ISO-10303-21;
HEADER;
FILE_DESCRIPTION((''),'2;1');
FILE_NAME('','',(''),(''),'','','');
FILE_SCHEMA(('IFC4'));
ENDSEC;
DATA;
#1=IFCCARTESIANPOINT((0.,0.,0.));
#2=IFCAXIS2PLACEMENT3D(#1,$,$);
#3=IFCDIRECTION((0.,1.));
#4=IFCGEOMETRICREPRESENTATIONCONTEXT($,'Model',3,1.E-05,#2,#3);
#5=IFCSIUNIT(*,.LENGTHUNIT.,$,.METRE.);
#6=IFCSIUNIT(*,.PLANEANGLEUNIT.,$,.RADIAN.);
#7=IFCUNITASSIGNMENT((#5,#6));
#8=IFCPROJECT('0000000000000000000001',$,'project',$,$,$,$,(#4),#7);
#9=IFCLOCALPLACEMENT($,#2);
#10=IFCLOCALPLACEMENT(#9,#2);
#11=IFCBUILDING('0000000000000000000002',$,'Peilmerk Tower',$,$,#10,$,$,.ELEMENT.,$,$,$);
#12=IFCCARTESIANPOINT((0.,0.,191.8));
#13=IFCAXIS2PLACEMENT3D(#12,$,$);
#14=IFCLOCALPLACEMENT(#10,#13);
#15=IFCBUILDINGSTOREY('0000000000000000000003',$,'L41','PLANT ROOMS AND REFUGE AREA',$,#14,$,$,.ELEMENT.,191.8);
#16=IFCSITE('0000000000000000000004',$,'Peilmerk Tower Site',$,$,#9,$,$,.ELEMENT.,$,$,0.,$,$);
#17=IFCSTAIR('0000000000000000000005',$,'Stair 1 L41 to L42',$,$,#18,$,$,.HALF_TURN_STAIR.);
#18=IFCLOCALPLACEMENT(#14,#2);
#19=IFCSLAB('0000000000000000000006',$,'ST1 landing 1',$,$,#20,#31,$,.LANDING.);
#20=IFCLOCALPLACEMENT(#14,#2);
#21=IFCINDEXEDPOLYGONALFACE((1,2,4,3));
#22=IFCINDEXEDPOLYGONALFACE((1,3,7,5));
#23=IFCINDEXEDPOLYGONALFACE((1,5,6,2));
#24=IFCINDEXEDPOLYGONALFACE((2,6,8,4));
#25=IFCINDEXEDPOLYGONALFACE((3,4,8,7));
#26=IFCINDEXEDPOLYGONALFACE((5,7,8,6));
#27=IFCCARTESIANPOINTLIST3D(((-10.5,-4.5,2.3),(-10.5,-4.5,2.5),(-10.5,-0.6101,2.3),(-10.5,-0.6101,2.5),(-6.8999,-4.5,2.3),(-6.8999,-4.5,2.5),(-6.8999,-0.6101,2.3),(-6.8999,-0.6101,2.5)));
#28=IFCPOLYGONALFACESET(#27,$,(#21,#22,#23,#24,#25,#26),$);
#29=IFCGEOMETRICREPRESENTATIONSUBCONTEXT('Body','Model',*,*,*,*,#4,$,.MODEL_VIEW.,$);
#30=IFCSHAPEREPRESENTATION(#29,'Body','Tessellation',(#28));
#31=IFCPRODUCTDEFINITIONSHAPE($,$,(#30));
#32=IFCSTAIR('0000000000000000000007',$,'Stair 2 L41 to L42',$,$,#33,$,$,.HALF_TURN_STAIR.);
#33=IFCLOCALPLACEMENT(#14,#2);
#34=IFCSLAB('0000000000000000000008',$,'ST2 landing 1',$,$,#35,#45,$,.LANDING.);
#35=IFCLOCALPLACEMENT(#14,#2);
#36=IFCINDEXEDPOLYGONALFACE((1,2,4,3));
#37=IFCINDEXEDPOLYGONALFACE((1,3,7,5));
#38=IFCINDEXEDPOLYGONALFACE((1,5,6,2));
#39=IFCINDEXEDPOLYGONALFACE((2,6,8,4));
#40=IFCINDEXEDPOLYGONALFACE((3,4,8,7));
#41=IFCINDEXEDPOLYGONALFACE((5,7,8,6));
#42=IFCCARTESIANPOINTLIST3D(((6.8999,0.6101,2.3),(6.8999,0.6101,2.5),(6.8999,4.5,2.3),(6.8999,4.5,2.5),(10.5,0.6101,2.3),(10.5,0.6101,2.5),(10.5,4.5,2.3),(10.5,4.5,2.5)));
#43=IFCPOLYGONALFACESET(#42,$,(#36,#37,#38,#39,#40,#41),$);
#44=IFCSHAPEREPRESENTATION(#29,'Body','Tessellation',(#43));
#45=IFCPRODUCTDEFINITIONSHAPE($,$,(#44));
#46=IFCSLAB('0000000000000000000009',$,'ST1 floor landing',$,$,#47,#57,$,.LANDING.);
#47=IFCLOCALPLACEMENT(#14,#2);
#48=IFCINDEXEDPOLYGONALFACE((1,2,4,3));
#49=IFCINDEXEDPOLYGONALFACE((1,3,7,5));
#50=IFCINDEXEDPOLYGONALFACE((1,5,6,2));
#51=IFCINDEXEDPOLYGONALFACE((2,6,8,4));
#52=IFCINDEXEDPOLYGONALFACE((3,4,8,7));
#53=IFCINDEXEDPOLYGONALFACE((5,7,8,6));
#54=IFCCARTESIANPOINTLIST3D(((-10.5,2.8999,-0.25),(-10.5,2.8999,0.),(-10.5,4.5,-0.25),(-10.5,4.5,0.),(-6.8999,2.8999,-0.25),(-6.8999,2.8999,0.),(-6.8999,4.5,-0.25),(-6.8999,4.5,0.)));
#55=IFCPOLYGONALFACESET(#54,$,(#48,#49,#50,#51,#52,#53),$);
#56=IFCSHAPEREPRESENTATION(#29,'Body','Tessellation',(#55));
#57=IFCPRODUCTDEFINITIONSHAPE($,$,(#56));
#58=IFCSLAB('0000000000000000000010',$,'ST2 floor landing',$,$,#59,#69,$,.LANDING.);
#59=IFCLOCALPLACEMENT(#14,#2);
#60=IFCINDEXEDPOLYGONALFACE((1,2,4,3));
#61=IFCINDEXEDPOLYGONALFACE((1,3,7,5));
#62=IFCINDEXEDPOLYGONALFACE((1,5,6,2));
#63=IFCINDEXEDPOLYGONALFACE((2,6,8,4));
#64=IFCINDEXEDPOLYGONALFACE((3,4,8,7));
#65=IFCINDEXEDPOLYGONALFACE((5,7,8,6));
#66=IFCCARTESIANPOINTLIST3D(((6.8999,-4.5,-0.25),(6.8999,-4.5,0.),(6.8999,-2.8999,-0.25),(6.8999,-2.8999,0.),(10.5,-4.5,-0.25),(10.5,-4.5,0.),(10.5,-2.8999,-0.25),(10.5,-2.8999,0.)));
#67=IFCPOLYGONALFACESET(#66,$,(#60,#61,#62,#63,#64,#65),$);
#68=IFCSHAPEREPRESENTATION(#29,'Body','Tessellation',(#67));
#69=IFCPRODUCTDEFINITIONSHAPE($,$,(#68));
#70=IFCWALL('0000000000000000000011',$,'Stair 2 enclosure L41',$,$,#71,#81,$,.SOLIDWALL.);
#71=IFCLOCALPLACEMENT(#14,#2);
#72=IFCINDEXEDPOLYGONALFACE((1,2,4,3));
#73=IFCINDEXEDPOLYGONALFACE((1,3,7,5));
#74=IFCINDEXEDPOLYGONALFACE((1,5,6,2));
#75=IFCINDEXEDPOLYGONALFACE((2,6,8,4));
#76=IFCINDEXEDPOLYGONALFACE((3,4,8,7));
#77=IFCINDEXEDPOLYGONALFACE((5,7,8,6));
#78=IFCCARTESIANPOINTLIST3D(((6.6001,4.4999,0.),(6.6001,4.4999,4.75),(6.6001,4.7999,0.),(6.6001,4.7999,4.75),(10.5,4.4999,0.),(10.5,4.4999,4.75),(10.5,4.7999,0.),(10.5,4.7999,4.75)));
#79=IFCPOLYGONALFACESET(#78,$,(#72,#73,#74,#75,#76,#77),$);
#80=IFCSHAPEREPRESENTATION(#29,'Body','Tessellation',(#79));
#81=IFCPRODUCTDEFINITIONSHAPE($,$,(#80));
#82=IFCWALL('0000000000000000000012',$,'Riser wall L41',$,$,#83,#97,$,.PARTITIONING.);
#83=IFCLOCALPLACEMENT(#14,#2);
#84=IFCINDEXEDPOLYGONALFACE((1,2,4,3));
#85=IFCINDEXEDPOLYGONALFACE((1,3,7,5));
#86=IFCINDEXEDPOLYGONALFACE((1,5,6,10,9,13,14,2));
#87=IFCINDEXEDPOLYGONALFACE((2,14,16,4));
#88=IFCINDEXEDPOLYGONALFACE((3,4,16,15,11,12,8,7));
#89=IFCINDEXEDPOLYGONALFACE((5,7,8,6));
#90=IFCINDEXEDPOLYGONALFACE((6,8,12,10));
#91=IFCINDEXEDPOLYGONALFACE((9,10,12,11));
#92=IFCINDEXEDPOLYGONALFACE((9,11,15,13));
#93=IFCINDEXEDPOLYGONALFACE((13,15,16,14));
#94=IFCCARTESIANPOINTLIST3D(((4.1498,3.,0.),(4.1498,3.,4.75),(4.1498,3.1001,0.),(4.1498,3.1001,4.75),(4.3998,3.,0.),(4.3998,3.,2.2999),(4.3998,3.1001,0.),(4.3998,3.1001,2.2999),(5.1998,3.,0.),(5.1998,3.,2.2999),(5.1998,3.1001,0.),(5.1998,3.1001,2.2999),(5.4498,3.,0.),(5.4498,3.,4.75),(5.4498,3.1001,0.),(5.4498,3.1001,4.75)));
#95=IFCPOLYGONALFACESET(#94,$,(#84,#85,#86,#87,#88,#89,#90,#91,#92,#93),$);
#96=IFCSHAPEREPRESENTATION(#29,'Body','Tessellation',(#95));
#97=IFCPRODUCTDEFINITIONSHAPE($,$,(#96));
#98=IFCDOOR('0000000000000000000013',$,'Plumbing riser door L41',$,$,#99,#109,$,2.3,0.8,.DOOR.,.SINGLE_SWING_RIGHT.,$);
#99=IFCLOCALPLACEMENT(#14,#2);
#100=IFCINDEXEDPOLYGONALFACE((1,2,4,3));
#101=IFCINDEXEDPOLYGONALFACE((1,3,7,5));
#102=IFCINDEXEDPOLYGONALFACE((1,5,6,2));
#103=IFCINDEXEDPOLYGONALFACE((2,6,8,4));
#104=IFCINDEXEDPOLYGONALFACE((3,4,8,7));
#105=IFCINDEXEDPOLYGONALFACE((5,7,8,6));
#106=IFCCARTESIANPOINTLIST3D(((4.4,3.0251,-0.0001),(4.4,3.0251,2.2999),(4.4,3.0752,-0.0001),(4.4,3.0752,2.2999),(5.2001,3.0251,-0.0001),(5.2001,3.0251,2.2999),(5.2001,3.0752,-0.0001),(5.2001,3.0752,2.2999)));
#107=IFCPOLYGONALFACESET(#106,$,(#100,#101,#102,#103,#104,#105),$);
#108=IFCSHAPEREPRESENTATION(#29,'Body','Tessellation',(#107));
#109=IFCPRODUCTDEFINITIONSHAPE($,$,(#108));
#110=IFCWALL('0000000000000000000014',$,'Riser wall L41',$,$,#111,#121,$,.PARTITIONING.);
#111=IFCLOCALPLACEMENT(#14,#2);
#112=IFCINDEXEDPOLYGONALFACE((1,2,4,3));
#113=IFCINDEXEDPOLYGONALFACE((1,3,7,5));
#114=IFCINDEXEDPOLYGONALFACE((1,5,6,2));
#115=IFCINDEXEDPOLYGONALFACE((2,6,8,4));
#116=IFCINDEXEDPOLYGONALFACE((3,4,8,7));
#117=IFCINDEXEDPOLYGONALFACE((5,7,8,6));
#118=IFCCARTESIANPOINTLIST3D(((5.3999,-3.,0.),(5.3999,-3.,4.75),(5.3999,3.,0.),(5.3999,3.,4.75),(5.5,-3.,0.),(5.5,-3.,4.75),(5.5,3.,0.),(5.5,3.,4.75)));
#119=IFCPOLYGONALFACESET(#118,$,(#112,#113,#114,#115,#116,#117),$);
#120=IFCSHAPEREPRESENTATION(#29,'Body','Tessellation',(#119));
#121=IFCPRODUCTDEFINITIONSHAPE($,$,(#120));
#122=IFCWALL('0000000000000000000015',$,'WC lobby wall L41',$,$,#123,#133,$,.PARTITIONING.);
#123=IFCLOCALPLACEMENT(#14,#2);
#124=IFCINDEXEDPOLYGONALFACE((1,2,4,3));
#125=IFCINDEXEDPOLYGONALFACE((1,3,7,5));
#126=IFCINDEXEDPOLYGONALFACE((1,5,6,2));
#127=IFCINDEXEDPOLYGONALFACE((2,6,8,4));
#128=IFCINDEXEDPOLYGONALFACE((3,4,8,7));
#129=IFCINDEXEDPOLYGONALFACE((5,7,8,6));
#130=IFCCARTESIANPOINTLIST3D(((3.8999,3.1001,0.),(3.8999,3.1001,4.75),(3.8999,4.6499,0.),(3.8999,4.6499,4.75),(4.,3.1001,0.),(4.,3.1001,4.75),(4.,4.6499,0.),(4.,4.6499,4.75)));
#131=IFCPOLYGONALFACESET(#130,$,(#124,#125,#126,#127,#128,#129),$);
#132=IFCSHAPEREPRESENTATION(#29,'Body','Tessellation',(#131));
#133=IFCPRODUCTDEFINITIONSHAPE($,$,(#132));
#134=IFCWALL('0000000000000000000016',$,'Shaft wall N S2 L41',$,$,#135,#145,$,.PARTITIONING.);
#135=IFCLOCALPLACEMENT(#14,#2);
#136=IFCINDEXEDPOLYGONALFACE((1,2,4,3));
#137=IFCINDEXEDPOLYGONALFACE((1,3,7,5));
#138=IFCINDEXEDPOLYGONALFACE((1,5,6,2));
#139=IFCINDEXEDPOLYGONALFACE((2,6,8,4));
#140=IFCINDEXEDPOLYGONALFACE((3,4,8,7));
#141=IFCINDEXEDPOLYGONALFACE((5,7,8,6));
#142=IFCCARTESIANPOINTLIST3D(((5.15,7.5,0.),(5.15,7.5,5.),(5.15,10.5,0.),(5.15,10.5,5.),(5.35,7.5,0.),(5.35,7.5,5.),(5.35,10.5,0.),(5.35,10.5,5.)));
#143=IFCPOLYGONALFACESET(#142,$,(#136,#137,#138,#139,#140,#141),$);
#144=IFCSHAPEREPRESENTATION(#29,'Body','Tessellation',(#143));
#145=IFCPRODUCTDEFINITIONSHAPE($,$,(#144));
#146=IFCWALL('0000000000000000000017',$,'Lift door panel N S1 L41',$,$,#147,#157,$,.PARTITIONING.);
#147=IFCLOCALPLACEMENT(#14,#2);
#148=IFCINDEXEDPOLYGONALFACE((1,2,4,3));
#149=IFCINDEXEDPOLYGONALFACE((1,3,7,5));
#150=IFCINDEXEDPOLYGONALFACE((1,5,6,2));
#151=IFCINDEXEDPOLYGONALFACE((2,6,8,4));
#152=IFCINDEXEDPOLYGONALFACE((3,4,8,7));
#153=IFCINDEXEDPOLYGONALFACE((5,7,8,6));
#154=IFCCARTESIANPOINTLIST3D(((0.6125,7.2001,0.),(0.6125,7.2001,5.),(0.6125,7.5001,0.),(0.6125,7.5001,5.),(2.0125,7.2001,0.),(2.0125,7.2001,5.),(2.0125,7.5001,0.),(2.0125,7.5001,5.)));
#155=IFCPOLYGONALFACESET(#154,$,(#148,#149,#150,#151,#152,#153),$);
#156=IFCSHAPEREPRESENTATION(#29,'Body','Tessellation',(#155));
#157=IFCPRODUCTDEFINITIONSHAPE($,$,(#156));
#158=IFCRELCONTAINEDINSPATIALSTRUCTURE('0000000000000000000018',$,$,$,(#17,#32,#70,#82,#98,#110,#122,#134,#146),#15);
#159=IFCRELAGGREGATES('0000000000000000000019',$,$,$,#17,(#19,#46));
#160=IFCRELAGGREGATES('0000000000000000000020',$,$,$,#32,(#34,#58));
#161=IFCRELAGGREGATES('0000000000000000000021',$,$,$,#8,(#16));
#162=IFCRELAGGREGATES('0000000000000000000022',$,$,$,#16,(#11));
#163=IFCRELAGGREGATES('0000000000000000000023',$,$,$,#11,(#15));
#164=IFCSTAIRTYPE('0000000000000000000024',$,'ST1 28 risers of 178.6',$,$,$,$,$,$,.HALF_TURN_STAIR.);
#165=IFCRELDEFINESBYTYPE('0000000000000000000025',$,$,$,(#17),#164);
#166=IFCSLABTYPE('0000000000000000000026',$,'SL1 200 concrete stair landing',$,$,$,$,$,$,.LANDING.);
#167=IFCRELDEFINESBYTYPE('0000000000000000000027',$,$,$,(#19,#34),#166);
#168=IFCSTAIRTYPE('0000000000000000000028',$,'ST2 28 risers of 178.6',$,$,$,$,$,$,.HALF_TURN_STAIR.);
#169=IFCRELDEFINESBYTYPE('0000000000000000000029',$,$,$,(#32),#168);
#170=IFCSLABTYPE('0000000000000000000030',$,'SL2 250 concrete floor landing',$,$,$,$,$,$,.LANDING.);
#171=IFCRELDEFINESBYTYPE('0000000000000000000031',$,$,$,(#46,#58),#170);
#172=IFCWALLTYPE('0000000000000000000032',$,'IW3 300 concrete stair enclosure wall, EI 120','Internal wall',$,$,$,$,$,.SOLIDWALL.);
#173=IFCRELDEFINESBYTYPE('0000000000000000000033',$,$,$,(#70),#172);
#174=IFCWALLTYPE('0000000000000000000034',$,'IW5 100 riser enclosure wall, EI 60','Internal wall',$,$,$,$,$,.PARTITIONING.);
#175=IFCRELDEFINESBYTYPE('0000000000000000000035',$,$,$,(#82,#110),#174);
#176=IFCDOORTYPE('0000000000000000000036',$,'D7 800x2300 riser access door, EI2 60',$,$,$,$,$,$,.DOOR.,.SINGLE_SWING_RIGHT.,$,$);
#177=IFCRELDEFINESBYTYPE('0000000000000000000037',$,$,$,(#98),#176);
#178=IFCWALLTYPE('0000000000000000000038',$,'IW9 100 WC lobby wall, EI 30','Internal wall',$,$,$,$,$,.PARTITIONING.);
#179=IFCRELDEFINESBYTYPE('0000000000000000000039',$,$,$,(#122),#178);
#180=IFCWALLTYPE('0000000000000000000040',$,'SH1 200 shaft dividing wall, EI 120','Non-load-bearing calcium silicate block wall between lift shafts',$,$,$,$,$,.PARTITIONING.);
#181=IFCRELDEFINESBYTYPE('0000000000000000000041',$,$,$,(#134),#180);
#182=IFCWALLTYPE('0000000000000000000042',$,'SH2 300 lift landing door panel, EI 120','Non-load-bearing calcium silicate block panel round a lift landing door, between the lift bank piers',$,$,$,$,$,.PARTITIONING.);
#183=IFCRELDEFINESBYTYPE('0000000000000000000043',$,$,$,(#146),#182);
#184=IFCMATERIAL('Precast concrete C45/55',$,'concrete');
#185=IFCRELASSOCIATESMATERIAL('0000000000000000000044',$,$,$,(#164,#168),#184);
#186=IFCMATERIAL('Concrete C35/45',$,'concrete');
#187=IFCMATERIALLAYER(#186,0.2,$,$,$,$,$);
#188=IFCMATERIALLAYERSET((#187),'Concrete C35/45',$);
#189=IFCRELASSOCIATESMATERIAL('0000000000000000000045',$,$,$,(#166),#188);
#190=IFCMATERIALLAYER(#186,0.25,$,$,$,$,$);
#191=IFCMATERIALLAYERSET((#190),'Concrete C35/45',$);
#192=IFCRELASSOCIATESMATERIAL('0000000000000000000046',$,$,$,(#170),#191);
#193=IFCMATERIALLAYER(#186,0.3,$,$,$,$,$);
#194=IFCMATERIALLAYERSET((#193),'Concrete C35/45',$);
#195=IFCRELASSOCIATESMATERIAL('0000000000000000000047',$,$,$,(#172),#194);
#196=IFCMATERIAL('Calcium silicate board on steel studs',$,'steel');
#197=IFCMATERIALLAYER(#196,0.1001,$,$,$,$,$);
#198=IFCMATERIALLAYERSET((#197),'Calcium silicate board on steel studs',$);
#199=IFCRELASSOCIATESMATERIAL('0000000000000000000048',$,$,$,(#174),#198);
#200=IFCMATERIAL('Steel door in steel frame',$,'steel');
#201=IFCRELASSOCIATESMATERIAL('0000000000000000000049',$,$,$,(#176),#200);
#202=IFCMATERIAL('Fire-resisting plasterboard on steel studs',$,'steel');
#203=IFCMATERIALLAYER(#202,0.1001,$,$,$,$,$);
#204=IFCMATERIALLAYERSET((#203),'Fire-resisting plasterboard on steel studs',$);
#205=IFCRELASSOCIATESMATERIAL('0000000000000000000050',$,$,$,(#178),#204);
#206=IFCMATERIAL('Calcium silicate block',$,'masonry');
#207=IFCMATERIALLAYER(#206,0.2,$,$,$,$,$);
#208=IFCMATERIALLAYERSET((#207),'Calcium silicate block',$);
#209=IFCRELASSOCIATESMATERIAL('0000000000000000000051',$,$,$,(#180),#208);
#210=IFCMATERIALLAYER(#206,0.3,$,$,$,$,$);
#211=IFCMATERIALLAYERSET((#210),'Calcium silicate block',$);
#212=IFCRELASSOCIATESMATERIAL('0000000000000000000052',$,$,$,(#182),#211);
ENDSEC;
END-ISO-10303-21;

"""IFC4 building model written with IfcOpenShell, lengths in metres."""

from ifc_helpers import new_model, si_unit, direction, frame, frame_2d, origin, place, context, subcontext, project, spatial, polyline, rectangle, outline, extrude, material, layer, layer_set, type_object, element, fill, aggregate, save


model = new_model("IFC4")

# Units and contexts
model_context = context("Model", 3, precision=1e-05, world=origin(), true_north=direction((0.0, 1.0)))
body_context = subcontext(model_context, "Body", "Model", "MODEL_VIEW")
ifc_project = project(units=[si_unit("LENGTHUNIT", "METRE"), si_unit("PLANEANGLEUNIT", "RADIAN")], contexts=[model_context])

# Site, building, storey
site_placement = place(None, origin())
site = spatial("IfcSite", under=ifc_project, at=site_placement, Name="Peilmerk Tower Site", CompositionType="ELEMENT", RefElevation=0.0)
building_placement = place(site_placement, origin())
building = spatial("IfcBuilding", under=site, at=building_placement, Name="Peilmerk Tower", CompositionType="ELEMENT")
storey_placement = place(building_placement, frame((0.0, 0.0, 191.8)))
storey = spatial("IfcBuildingStorey", under=building, at=storey_placement, Name="L41", Description="PLANT ROOMS AND REFUGE AREA", CompositionType="ELEMENT", Elevation=191.8)

# Stairs, slabs
ifc_material_1 = material(Name="Precast concrete C45/55", Category="concrete")
stair_type_1 = type_object("IfcStairType", Name="ST1 28 risers of 178.6", PredefinedType="HALF_TURN_STAIR", material=ifc_material_1)
stair_1_placement = place(storey_placement, origin())
stair_1 = element("IfcStair", 1, at=stair_1_placement, inside=storey, type_object=stair_type_1, Name="Stair 1 L41 to L42", PredefinedType="HALF_TURN_STAIR")
ifc_material_2 = material(Name="Concrete C35/45", Category="concrete")
ifc_layer_1 = layer(ifc_material_2, 0.2)
ifc_layer_set_1 = layer_set([ifc_layer_1], Name="Concrete C35/45")
slab_type_1 = type_object("IfcSlabType", Name="SL1 200 concrete stair landing", PredefinedType="LANDING", material=ifc_layer_set_1)
slab_1_placement = place(storey_placement, frame((0.0, 0.0, 2.3)))
slab_1 = element("IfcSlab", 2, at=slab_1_placement, type_object=slab_type_1, Name="ST1 landing 1", PredefinedType="LANDING", context=body_context, shape_type="SweptSolid", body=[
    extrude(outline(polyline([(-10.5, -4.5), (-6.8999, -4.5), (-6.8999, -0.6101), (-10.5, -0.6101), (-10.5, -4.5)])), origin(), (0.0, 0.0, 1.0), 0.2),
])
stair_type_2 = type_object("IfcStairType", Name="ST2 28 risers of 178.6", PredefinedType="HALF_TURN_STAIR", material=ifc_material_1)
stair_2_placement = place(storey_placement, origin())
stair_2 = element("IfcStair", 3, at=stair_2_placement, inside=storey, type_object=stair_type_2, Name="Stair 2 L41 to L42", PredefinedType="HALF_TURN_STAIR")
slab_2_placement = place(storey_placement, frame((0.0, 0.0, 2.3)))
slab_2 = element("IfcSlab", 4, at=slab_2_placement, type_object=slab_type_1, Name="ST2 landing 1", PredefinedType="LANDING", context=body_context, shape_type="SweptSolid", body=[
    extrude(outline(polyline([(6.8999, 0.6101), (10.5, 0.6101), (10.5, 4.5), (6.8999, 4.5), (6.8999, 0.6101)])), origin(), (0.0, 0.0, 1.0), 0.2),
])

# Slabs
ifc_layer_2 = layer(ifc_material_2, 0.25)
ifc_layer_set_2 = layer_set([ifc_layer_2], Name="Concrete C35/45")
slab_type_2 = type_object("IfcSlabType", Name="SL2 250 concrete floor landing", PredefinedType="LANDING", material=ifc_layer_set_2)
slab_3_placement = place(storey_placement, frame((0.0, 0.0, -0.25)))
slab_3 = element("IfcSlab", 5, at=slab_3_placement, type_object=slab_type_2, Name="ST1 floor landing", PredefinedType="LANDING", context=body_context, shape_type="SweptSolid", body=[
    extrude(outline(polyline([(-10.5, 2.8999), (-6.8999, 2.8999), (-6.8999, 4.5), (-10.5, 4.5), (-10.5, 2.8999)])), origin(), (0.0, 0.0, 1.0), 0.25),
])
aggregate(stair_1, [slab_1, slab_3])
slab_4_placement = place(storey_placement, frame((0.0, 0.0, -0.25)))
slab_4 = element("IfcSlab", 6, at=slab_4_placement, type_object=slab_type_2, Name="ST2 floor landing", PredefinedType="LANDING", context=body_context, shape_type="SweptSolid", body=[
    extrude(outline(polyline([(6.8999, -4.5), (10.5, -4.5), (10.5, -2.8999), (6.8999, -2.8999), (6.8999, -4.5)])), origin(), (0.0, 0.0, 1.0), 0.25),
])

# Wall
ifc_layer_3 = layer(ifc_material_2, 0.3)
ifc_layer_set_3 = layer_set([ifc_layer_3], Name="Concrete C35/45")
wall_type_1 = type_object("IfcWallType", Name="IW3 300 concrete stair enclosure wall, EI 120", Description="Internal wall", PredefinedType="SOLIDWALL", material=ifc_layer_set_3)
wall_1_placement = place(storey_placement, frame((6.6001, 4.6499, 0.0), z_axis=(0.0, 0.0, 1.0), x_axis=(1.0, 0.0, 0.0)))
element("IfcWall", 7, at=wall_1_placement, inside=storey, type_object=wall_type_1, Name="Stair 2 enclosure L41", PredefinedType="SOLIDWALL", context=body_context, shape_type="SweptSolid", body=[
    extrude(rectangle(XDim=3.8999, YDim=0.3, at=frame_2d((1.95, 0.0))), origin(), (0.0, 0.0, 1.0), 4.75),
])

# Wall, opening, door
ifc_material_3 = material(Name="Calcium silicate board on steel studs", Category="steel")
ifc_layer_4 = layer(ifc_material_3, 0.1001)
ifc_layer_set_4 = layer_set([ifc_layer_4], Name="Calcium silicate board on steel studs")
wall_type_2 = type_object("IfcWallType", Name="IW5 100 riser enclosure wall, EI 60", Description="Internal wall", PredefinedType="PARTITIONING", material=ifc_layer_set_4)
wall_2_placement = place(storey_placement, frame((4.1499, 3.05, 0.0), z_axis=(0.0, 0.0, 1.0), x_axis=(1.0, 0.0, 0.0)))
wall_2 = element("IfcWall", 8, at=wall_2_placement, inside=storey, type_object=wall_type_2, Name="Riser wall L41", PredefinedType="PARTITIONING", context=body_context, shape_type="SweptSolid", body=[
    extrude(rectangle(XDim=1.3, YDim=0.1001, at=frame_2d((0.6499, 0.0))), origin(), (0.0, 0.0, 1.0), 4.75),
])
opening_1_placement = place(wall_2_placement, frame((0.25, 0.0, 0.0)))
opening_1 = element("IfcOpeningElement", 9, at=opening_1_placement, cuts=wall_2, PredefinedType="OPENING", context=body_context, shape_type="SweptSolid", body=[
    extrude(rectangle(XDim=0.8, YDim=2.3, at=frame_2d((0.3999, 1.1499))), frame((0.0, 0.0601, 0.0), z_axis=(0.0, -1.0, 0.0), x_axis=(1.0, 0.0, 0.0)), (0.0, 0.0, 1.0), 0.1201),
])
ifc_material_4 = material(Name="Steel door in steel frame", Category="steel")
door_type_1 = type_object("IfcDoorType", Name="D7 800x2300 riser access door, EI2 60", OperationType="SINGLE_SWING_RIGHT", PredefinedType="DOOR", material=ifc_material_4)
door_1_placement = place(opening_1_placement, frame((0.8, 0.0, 0.0), z_axis=(0.0, 0.0, 1.0), x_axis=(-1.0, 0.0, 0.0)))
door_1 = element("IfcDoor", 10, at=door_1_placement, inside=storey, type_object=door_type_1, Name="Plumbing riser door L41", OperationType="SINGLE_SWING_RIGHT", OverallHeight=2.3, OverallWidth=0.8, PredefinedType="DOOR", context=body_context, shape_type="SweptSolid", body=[
    extrude(rectangle(XDim=0.8, YDim=2.3, at=frame_2d((0.3999, 1.1499))), frame((0.0, 0.0249, 0.0), z_axis=(0.0, -1.0, 0.0), x_axis=(1.0, 0.0, 0.0)), (0.0, 0.0, 1.0), 0.05),
])
fill(opening_1, door_1)

# Walls
wall_3_placement = place(storey_placement, frame((5.45, 3.0, 0.0), z_axis=(0.0, 0.0, 1.0), x_axis=(0.0, -1.0, 0.0)))
element("IfcWall", 11, at=wall_3_placement, inside=storey, type_object=wall_type_2, Name="Riser wall L41", PredefinedType="PARTITIONING", context=body_context, shape_type="SweptSolid", body=[
    extrude(rectangle(XDim=6.0, YDim=0.1001, at=frame_2d((3.0, 0.0))), origin(), (0.0, 0.0, 1.0), 4.75),
])
ifc_material_5 = material(Name="Fire-resisting plasterboard on steel studs", Category="steel")
ifc_layer_5 = layer(ifc_material_5, 0.1001)
ifc_layer_set_5 = layer_set([ifc_layer_5], Name="Fire-resisting plasterboard on steel studs")
wall_type_3 = type_object("IfcWallType", Name="IW9 100 WC lobby wall, EI 30", Description="Internal wall", PredefinedType="PARTITIONING", material=ifc_layer_set_5)
wall_4_placement = place(storey_placement, frame((3.95, 3.1001, 0.0), z_axis=(0.0, 0.0, 1.0), x_axis=(0.0, 1.0, 0.0)))
element("IfcWall", 12, at=wall_4_placement, inside=storey, type_object=wall_type_3, Name="WC lobby wall L41", PredefinedType="PARTITIONING", context=body_context, shape_type="SweptSolid", body=[
    extrude(rectangle(XDim=1.5498, YDim=0.1001, at=frame_2d((0.7749, 0.0))), origin(), (0.0, 0.0, 1.0), 4.75),
])
ifc_material_6 = material(Name="Calcium silicate block", Category="masonry")
ifc_layer_6 = layer(ifc_material_6, 0.2)
ifc_layer_set_6 = layer_set([ifc_layer_6], Name="Calcium silicate block")
wall_type_4 = type_object("IfcWallType", Name="SH1 200 shaft dividing wall, EI 120", Description="Non-load-bearing calcium silicate block wall between lift shafts", PredefinedType="PARTITIONING", material=ifc_layer_set_6)
wall_5_placement = place(storey_placement, frame((5.25, 7.5, 0.0), z_axis=(0.0, 0.0, 1.0), x_axis=(0.0, 1.0, 0.0)))
element("IfcWall", 13, at=wall_5_placement, inside=storey, type_object=wall_type_4, Name="Shaft wall N S2 L41", PredefinedType="PARTITIONING", context=body_context, shape_type="SweptSolid", body=[
    extrude(rectangle(XDim=3.0, YDim=0.2, at=frame_2d((1.5, 0.0))), origin(), (0.0, 0.0, 1.0), 5.0),
])
ifc_layer_7 = layer(ifc_material_6, 0.3)
ifc_layer_set_7 = layer_set([ifc_layer_7], Name="Calcium silicate block")
wall_type_5 = type_object("IfcWallType", Name="SH2 300 lift landing door panel, EI 120", Description="Non-load-bearing calcium silicate block panel round a lift landing door, between the lift bank piers", PredefinedType="PARTITIONING", material=ifc_layer_set_7)
wall_6_placement = place(storey_placement, frame((0.6125, 7.3501, 0.0), z_axis=(0.0, 0.0, 1.0), x_axis=(1.0, 0.0, 0.0)))
element("IfcWall", 14, at=wall_6_placement, inside=storey, type_object=wall_type_5, Name="Lift door panel N S1 L41", PredefinedType="PARTITIONING", context=body_context, shape_type="SweptSolid", body=[
    extrude(rectangle(XDim=1.3999, YDim=0.3, at=frame_2d((0.7, 0.0))), origin(), (0.0, 0.0, 1.0), 5.0),
])

aggregate(stair_2, [slab_2, slab_4])

save(model, "model.ifc")
